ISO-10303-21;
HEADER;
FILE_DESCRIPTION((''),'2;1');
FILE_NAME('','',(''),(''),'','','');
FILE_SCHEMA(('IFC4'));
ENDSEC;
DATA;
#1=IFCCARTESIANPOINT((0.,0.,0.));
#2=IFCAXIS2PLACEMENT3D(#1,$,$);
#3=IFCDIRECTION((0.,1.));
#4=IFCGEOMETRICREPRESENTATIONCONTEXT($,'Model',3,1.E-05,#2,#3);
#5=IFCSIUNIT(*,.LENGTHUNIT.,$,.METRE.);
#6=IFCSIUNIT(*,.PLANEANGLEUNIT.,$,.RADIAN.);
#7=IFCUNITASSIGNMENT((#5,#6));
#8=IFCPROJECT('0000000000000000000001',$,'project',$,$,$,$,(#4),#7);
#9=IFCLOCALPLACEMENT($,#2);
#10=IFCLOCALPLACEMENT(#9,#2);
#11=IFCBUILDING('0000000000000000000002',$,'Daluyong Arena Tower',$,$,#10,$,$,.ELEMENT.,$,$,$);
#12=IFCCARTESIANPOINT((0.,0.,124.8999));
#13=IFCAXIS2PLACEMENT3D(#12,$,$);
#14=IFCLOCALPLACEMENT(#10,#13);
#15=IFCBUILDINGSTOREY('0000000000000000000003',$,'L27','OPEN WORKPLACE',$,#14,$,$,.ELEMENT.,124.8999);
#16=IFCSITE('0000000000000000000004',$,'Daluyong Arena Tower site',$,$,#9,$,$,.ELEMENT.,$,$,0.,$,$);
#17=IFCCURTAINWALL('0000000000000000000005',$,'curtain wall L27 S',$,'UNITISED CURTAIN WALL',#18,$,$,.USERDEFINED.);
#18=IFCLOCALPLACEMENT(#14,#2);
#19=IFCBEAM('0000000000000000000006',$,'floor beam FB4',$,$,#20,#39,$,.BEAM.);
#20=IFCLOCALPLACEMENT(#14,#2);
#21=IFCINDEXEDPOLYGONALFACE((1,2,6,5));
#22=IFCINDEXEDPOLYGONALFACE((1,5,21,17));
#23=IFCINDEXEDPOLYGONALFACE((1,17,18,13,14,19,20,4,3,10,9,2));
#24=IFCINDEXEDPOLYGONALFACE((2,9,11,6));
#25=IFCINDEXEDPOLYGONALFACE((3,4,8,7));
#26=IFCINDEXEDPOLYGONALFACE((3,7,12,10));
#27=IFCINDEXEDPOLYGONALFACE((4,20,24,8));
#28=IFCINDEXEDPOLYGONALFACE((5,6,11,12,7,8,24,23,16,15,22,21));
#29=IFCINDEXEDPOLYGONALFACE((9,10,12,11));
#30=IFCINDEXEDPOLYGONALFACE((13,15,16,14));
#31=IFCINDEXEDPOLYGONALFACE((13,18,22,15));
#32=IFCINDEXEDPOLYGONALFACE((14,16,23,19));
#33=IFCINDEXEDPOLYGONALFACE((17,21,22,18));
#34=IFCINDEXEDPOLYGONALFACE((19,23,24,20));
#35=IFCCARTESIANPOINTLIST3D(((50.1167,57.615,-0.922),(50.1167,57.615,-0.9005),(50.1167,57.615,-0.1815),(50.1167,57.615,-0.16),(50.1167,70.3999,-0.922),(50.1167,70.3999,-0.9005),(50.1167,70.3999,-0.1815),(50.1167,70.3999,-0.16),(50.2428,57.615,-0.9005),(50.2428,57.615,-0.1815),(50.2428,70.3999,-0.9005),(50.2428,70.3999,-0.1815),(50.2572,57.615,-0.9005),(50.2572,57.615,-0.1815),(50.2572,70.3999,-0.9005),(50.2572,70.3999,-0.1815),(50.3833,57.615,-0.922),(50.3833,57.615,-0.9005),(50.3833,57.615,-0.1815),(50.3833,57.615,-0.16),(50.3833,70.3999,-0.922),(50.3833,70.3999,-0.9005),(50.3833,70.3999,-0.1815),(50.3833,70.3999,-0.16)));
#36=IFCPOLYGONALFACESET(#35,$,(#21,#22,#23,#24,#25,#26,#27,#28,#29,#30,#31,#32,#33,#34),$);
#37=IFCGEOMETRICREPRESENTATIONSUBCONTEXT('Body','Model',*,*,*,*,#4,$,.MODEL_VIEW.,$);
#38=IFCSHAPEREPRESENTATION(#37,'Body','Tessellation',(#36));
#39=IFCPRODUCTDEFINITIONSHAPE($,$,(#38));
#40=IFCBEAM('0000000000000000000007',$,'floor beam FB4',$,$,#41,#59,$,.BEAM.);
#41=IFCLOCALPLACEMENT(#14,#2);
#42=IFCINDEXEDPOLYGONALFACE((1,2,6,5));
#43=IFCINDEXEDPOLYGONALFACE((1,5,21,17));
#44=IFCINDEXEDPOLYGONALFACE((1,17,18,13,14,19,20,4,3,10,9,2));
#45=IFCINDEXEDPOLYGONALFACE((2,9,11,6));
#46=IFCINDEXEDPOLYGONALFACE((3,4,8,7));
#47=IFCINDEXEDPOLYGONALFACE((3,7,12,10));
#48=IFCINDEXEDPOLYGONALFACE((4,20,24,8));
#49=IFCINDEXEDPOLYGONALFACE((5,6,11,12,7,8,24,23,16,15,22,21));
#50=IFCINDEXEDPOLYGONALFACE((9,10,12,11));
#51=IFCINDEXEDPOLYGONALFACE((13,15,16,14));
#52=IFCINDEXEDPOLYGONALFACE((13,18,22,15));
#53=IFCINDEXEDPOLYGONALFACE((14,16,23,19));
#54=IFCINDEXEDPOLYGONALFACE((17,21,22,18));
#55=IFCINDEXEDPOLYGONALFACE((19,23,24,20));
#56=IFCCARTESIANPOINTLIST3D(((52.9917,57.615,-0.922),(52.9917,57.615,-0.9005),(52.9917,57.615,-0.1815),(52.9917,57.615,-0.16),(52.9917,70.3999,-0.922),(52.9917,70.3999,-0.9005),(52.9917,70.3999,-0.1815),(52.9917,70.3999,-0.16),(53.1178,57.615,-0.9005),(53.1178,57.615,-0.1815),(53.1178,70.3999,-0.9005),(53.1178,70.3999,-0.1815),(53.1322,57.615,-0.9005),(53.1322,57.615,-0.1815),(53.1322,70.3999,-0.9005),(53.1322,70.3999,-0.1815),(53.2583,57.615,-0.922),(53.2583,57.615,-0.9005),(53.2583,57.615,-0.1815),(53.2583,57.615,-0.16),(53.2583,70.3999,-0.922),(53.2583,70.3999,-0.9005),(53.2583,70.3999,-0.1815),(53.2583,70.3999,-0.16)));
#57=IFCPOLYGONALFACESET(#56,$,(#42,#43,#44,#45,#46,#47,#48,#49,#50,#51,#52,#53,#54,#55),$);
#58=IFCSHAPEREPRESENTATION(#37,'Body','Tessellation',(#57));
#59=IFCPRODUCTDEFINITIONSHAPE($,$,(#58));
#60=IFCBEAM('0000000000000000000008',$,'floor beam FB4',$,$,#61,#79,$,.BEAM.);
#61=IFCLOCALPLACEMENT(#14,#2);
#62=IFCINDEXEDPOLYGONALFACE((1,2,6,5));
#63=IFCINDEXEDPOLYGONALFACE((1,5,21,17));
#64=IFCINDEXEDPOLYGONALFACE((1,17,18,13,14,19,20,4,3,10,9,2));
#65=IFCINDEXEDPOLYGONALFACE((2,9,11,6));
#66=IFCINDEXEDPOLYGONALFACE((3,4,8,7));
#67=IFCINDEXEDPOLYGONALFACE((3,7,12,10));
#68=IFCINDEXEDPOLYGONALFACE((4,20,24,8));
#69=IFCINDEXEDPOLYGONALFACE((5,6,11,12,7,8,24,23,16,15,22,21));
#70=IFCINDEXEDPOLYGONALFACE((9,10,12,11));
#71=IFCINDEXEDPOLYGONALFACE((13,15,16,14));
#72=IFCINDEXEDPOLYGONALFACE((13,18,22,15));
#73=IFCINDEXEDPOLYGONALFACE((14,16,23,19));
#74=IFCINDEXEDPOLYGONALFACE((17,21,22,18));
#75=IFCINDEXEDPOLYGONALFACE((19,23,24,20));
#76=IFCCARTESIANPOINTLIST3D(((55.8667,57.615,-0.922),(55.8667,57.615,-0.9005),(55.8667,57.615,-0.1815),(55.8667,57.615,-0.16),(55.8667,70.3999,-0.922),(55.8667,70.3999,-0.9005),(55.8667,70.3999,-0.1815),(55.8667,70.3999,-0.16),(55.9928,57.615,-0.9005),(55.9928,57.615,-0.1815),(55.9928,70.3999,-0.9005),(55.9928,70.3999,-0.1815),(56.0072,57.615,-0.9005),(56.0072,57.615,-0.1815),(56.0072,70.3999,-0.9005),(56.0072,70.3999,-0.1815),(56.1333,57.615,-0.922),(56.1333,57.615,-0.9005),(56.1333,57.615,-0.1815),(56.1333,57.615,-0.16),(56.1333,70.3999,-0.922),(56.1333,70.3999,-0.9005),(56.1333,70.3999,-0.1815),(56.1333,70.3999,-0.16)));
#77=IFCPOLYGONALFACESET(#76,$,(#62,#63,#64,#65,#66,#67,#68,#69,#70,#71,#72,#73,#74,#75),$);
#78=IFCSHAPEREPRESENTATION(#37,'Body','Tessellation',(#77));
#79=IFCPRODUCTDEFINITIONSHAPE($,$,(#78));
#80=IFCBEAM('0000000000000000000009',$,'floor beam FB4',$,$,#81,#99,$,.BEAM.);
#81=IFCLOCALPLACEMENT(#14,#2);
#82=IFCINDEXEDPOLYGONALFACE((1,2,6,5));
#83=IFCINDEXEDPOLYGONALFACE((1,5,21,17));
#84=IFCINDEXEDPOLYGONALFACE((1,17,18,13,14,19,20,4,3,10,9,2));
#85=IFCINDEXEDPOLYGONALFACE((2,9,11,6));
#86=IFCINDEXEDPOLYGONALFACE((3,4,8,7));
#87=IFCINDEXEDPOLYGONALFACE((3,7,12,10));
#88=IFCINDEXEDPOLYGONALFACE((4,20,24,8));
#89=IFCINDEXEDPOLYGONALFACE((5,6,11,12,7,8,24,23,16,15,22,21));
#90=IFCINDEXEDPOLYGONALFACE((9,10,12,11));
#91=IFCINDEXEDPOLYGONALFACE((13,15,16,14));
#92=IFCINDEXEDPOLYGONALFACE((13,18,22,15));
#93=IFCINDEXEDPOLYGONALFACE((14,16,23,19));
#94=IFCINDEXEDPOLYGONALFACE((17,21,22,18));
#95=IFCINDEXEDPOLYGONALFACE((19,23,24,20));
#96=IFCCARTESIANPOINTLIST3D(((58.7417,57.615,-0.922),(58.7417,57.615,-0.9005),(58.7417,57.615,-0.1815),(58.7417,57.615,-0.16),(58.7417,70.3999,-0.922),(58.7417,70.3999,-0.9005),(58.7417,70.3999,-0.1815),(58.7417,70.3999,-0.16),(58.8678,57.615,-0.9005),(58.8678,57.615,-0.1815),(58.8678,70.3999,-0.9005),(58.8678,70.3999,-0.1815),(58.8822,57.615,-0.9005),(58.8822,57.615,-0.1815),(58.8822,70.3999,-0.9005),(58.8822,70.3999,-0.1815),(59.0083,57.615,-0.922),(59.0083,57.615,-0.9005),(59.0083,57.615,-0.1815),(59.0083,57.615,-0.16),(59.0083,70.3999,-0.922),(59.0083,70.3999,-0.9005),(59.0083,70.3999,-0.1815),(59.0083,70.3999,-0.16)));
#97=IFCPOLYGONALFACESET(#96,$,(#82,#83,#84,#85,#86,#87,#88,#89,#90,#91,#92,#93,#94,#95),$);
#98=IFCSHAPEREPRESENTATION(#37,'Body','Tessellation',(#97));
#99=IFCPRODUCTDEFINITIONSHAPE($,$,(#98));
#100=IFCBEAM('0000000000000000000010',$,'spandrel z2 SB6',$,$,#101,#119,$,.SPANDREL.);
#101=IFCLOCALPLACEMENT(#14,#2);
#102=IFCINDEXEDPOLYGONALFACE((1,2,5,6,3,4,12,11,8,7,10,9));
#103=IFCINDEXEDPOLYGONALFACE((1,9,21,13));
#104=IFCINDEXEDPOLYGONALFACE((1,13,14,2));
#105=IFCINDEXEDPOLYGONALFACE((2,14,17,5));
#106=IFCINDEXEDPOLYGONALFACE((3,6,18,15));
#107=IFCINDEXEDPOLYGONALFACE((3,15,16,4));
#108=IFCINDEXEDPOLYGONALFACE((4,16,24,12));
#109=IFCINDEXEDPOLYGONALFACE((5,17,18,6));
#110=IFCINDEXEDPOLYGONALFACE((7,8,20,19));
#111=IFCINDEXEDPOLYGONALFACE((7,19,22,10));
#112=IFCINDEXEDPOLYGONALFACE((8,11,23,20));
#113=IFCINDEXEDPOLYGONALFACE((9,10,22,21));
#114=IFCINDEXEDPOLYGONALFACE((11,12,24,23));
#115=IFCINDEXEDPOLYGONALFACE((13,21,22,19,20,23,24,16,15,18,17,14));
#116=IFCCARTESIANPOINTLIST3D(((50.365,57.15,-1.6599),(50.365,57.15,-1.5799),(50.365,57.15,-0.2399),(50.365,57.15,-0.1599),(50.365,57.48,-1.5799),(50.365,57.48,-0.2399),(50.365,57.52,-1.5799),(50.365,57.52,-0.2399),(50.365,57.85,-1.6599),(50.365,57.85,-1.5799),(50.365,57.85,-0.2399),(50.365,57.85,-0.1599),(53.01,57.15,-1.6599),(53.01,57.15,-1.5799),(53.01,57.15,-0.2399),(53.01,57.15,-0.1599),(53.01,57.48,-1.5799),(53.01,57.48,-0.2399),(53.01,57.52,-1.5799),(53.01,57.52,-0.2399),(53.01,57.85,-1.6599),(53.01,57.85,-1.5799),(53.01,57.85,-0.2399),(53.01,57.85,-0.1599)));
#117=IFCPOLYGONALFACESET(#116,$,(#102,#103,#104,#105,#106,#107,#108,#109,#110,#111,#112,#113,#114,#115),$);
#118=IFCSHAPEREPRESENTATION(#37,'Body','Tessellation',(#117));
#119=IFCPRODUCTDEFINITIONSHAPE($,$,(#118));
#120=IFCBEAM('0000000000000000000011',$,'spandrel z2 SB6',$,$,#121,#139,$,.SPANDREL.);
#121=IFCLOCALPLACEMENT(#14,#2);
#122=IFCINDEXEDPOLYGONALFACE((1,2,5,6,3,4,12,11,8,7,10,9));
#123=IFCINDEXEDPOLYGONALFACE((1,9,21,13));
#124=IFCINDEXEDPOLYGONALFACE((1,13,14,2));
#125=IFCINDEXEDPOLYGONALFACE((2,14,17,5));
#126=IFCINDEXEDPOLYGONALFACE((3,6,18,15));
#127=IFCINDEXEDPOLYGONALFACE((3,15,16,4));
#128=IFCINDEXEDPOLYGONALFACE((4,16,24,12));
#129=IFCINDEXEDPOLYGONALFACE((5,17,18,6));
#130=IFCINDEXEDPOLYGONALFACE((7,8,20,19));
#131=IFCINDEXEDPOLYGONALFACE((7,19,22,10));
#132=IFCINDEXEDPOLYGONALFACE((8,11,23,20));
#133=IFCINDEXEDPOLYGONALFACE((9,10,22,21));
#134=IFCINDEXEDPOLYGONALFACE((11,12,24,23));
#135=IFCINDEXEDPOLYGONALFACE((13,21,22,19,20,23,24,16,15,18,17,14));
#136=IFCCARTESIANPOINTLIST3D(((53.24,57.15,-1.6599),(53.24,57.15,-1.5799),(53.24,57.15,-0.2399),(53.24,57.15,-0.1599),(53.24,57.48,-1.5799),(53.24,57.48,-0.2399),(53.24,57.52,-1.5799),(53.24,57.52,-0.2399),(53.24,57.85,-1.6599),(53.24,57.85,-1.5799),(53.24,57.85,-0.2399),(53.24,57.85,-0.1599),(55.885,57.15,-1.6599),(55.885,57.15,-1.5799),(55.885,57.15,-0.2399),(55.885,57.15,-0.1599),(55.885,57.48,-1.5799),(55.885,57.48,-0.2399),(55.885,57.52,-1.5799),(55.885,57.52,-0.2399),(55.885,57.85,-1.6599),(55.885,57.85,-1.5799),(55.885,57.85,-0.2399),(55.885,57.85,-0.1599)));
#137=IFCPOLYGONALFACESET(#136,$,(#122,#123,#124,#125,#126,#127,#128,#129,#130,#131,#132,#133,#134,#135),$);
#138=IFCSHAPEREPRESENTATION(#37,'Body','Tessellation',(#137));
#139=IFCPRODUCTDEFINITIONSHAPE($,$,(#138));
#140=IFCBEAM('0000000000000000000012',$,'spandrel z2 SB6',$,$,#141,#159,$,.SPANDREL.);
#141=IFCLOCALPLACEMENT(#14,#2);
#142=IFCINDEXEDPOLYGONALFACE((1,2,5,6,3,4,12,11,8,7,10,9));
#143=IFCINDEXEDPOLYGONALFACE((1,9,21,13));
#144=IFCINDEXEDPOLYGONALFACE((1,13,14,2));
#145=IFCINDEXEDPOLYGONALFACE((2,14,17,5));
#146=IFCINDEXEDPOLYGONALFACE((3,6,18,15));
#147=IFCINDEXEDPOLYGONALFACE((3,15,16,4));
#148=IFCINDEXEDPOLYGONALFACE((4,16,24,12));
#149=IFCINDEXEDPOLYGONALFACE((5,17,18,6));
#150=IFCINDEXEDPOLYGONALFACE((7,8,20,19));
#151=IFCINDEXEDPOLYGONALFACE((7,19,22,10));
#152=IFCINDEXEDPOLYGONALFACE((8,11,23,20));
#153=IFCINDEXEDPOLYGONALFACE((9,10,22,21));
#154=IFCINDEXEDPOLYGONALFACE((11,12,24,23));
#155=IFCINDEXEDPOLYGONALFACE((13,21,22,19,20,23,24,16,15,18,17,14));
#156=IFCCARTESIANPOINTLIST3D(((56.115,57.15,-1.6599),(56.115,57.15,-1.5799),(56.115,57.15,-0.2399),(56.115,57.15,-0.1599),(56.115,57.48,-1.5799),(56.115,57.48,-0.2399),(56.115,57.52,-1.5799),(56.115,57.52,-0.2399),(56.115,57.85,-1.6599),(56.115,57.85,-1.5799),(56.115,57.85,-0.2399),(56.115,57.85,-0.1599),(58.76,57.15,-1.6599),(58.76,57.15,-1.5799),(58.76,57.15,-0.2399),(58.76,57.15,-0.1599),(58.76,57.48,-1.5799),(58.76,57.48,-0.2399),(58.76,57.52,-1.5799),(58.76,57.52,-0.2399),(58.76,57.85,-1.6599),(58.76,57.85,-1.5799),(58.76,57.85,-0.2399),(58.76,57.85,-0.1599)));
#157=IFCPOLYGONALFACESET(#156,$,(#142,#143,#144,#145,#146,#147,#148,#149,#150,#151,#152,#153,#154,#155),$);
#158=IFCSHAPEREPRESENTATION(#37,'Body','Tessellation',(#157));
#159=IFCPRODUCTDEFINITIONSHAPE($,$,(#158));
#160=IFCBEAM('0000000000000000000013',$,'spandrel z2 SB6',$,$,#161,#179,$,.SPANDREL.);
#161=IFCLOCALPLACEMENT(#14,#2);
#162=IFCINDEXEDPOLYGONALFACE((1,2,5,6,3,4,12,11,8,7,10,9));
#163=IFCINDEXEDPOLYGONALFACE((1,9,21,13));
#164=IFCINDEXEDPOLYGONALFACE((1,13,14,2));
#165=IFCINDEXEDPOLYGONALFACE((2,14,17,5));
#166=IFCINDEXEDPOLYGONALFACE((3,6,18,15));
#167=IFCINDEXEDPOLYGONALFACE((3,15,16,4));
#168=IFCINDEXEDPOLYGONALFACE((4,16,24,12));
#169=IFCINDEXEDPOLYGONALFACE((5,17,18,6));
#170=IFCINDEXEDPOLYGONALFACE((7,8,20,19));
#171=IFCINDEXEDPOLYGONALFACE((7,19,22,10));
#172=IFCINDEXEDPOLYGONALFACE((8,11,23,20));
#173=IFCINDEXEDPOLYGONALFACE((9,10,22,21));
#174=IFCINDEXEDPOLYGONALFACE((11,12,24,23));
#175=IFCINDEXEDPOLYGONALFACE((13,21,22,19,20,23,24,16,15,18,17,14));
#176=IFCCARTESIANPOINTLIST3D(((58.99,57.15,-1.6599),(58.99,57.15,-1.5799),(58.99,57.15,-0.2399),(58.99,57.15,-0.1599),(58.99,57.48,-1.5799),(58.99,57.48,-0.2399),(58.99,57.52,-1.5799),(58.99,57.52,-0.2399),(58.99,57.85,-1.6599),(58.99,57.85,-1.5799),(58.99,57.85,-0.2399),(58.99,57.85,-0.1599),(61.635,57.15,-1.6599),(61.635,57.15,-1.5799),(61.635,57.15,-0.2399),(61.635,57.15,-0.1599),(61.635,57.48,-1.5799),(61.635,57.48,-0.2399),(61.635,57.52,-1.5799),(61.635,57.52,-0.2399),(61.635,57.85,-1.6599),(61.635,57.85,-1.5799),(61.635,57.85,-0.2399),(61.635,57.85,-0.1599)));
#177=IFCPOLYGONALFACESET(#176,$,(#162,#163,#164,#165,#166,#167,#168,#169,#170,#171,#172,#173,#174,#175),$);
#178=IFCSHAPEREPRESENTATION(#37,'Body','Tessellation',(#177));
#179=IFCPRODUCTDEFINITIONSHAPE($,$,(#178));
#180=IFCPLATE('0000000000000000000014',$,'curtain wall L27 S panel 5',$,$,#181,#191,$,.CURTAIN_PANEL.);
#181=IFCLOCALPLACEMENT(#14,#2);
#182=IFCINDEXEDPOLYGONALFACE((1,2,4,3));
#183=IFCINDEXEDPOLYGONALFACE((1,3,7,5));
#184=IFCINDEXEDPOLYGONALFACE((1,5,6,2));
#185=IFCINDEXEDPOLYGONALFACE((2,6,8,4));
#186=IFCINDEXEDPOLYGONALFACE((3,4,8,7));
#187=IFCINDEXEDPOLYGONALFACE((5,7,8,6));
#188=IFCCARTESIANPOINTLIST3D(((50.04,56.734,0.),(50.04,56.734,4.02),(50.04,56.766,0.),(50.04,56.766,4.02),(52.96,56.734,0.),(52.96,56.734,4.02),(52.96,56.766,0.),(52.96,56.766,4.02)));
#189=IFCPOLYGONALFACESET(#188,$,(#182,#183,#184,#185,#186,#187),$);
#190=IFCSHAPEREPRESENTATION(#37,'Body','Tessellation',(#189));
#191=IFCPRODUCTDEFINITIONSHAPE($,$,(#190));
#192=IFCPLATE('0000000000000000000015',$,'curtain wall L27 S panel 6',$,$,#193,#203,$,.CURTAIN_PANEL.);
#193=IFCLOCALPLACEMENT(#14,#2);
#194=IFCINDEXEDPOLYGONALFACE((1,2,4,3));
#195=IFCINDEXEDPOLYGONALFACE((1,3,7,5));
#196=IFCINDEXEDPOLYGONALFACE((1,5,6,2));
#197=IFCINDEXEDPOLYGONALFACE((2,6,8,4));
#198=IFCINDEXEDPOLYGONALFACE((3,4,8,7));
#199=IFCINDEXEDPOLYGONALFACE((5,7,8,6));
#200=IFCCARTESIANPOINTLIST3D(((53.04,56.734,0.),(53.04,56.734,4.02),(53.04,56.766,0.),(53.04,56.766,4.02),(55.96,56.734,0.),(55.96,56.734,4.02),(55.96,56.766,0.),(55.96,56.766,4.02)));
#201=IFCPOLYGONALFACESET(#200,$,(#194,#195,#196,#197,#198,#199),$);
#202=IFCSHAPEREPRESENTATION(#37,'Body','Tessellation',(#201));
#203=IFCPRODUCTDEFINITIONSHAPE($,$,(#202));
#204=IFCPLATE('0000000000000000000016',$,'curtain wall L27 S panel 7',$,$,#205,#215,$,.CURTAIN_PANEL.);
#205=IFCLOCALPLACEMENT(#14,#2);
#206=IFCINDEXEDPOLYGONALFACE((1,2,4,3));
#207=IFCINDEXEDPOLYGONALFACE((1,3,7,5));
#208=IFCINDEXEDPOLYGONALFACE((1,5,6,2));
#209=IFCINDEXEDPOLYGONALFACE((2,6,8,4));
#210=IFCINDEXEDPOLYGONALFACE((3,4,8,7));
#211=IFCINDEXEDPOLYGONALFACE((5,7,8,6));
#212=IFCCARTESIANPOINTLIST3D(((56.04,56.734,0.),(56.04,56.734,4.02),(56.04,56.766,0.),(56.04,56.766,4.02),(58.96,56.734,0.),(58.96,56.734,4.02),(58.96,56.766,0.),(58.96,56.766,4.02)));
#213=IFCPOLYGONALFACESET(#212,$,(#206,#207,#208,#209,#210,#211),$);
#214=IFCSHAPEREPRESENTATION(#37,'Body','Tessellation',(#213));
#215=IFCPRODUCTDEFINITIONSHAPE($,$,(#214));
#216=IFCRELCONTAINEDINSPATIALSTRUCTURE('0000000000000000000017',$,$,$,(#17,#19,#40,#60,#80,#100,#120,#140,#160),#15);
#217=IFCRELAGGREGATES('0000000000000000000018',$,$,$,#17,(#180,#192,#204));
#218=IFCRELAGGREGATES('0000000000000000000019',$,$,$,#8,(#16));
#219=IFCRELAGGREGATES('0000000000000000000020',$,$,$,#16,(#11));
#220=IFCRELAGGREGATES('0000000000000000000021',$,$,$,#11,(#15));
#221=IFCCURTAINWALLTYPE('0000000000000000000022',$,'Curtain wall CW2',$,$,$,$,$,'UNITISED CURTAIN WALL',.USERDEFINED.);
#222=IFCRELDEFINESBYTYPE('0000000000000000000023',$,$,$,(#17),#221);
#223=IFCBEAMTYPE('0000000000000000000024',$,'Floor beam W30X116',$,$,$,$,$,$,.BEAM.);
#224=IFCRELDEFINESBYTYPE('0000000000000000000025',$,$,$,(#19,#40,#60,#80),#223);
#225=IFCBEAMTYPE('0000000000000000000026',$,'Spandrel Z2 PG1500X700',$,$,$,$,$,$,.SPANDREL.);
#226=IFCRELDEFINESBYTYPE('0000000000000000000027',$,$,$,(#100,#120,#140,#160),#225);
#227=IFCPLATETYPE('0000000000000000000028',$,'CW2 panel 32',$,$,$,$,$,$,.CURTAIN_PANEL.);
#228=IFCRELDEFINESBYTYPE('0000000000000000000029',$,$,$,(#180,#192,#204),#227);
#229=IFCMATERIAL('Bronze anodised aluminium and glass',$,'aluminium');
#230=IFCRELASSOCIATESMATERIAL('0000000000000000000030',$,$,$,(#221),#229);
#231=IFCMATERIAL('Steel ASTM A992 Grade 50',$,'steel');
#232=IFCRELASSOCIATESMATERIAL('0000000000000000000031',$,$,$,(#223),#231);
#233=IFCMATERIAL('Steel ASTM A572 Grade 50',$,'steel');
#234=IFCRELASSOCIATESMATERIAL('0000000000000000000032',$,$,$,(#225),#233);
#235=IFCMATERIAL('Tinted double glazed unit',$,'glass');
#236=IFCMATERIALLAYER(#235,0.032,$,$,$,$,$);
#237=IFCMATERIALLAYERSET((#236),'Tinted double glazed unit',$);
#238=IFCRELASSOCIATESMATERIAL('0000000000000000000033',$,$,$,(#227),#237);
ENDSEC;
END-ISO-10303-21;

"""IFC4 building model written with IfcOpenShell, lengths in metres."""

from ifc_helpers import new_model, si_unit, direction, frame, origin, origin_2d, place, context, subcontext, project, spatial, rectangle, i_section, extrude, material, layer, layer_set, material_profile, profile_set, type_object, element, aggregate, save


model = new_model("IFC4")

# Units and contexts
model_context = context("Model", 3, precision=1e-05, world=origin(), true_north=direction((0.0, 1.0)))
body_context = subcontext(model_context, "Body", "Model", "MODEL_VIEW")
ifc_project = project(units=[si_unit("LENGTHUNIT", "METRE"), si_unit("PLANEANGLEUNIT", "RADIAN")], contexts=[model_context])

# Site, building, storey
site_placement = place(None, origin())
site = spatial("IfcSite", under=ifc_project, at=site_placement, Name="Daluyong Arena Tower site", CompositionType="ELEMENT", RefElevation=0.0)
building_placement = place(site_placement, origin())
building = spatial("IfcBuilding", under=site, at=building_placement, Name="Daluyong Arena Tower", CompositionType="ELEMENT")
storey_placement = place(building_placement, frame((0.0, 0.0, 124.8999)))
storey = spatial("IfcBuildingStorey", under=building, at=storey_placement, Name="L27", Description="OPEN WORKPLACE", CompositionType="ELEMENT", Elevation=124.8999)

# Curtain wall
ifc_material_1 = material(Name="Bronze anodised aluminium and glass", Category="aluminium")
curtain_wall_type = type_object("IfcCurtainWallType", Name="Curtain wall CW2", ElementType="UNITISED CURTAIN WALL", PredefinedType="USERDEFINED", material=ifc_material_1)
curtain_wall_placement = place(storey_placement, origin())
curtain_wall = element("IfcCurtainWall", 1, at=curtain_wall_placement, inside=storey, type_object=curtain_wall_type, Name="curtain wall L27 S", ObjectType="UNITISED CURTAIN WALL", PredefinedType="USERDEFINED")

# Beams
ifc_material_2 = material(Name="Steel ASTM A992 Grade 50", Category="steel")
ifc_material_profile_1 = material_profile(ifc_material_2, i_section(OverallWidth=0.2666, OverallDepth=0.762, WebThickness=0.0144, FlangeThickness=0.0215, at=origin_2d()))
ifc_profile_set_1 = profile_set([ifc_material_profile_1], Name="Steel ASTM A992 Grade 50")
beam_type_1 = type_object("IfcBeamType", Name="Floor beam W30X116", PredefinedType="BEAM", material=ifc_profile_set_1)
for number, where, z_axis, x_axis, name in (
    (2, (50.25, 57.615, -0.541), (0.0, 1.0, 0.0), (-1.0, 0.0, 0.0), "floor beam FB4"),
    (3, (53.125, 57.615, -0.541), (0.0, 1.0, 0.0), (-1.0, 0.0, 0.0), "floor beam FB4"),
    (4, (56.0, 57.615, -0.541), (0.0, 1.0, 0.0), (-1.0, 0.0, 0.0), "floor beam FB4"),
    (5, (58.875, 57.615, -0.541), (0.0, 1.0, 0.0), (-1.0, 0.0, 0.0), "floor beam FB4"),
):
    element("IfcBeam", number, at=place(storey_placement, frame(where, z_axis=z_axis, x_axis=x_axis)), inside=storey, type_object=beam_type_1, Name=name, PredefinedType="BEAM", context=body_context, shape_type="SweptSolid", body=[
        extrude(i_section(OverallWidth=0.2666, OverallDepth=0.762, WebThickness=0.0144, FlangeThickness=0.0215, at=origin_2d()), origin(), (0.0, 0.0, 1.0), 12.7849),
    ])
ifc_material_3 = material(Name="Steel ASTM A572 Grade 50", Category="steel")
ifc_material_profile_2 = material_profile(ifc_material_3, i_section(OverallWidth=0.7, OverallDepth=1.5, WebThickness=0.04, FlangeThickness=0.08, at=origin_2d()))
ifc_profile_set_2 = profile_set([ifc_material_profile_2], Name="Steel ASTM A572 Grade 50")
beam_type_2 = type_object("IfcBeamType", Name="Spandrel Z2 PG1500X700", PredefinedType="SPANDREL", material=ifc_profile_set_2)
for number, where, z_axis, x_axis, name in (
    (6, (50.365, 57.5, -0.9099), (1.0, 0.0, 0.0), (0.0, 1.0, 0.0), "spandrel z2 SB6"),
    (7, (53.24, 57.5, -0.9099), (1.0, 0.0, 0.0), (0.0, 1.0, 0.0), "spandrel z2 SB6"),
    (8, (56.115, 57.5, -0.9099), (1.0, 0.0, 0.0), (0.0, 1.0, 0.0), "spandrel z2 SB6"),
    (9, (58.99, 57.5, -0.9099), (1.0, 0.0, 0.0), (0.0, 1.0, 0.0), "spandrel z2 SB6"),
):
    element("IfcBeam", number, at=place(storey_placement, frame(where, z_axis=z_axis, x_axis=x_axis)), inside=storey, type_object=beam_type_2, Name=name, PredefinedType="SPANDREL", context=body_context, shape_type="SweptSolid", body=[
        extrude(i_section(OverallWidth=0.7, OverallDepth=1.5, WebThickness=0.04, FlangeThickness=0.08, at=origin_2d()), origin(), (0.0, 0.0, 1.0), 2.645),
    ])

# Plates
ifc_material_4 = material(Name="Tinted double glazed unit", Category="glass")
ifc_layer_1 = layer(ifc_material_4, 0.032)
ifc_layer_set_1 = layer_set([ifc_layer_1], Name="Tinted double glazed unit")
plate_type = type_object("IfcPlateType", Name="CW2 panel 32", PredefinedType="CURTAIN_PANEL", material=ifc_layer_set_1)
plate_1_placement = place(storey_placement, frame((51.5, 56.75, 0.0), z_axis=(0.0, 0.0, 1.0), x_axis=(1.0, 0.0, 0.0)))
plate_1 = element("IfcPlate", 10, at=plate_1_placement, type_object=plate_type, Name="curtain wall L27 S panel 5", PredefinedType="CURTAIN_PANEL", context=body_context, shape_type="SweptSolid", body=[
    extrude(rectangle(XDim=2.9199, YDim=0.032, at=origin_2d()), origin(), (0.0, 0.0, 1.0), 4.02),
])
plate_2_placement = place(storey_placement, frame((54.5, 56.75, 0.0), z_axis=(0.0, 0.0, 1.0), x_axis=(1.0, 0.0, 0.0)))
plate_2 = element("IfcPlate", 11, at=plate_2_placement, type_object=plate_type, Name="curtain wall L27 S panel 6", PredefinedType="CURTAIN_PANEL", context=body_context, shape_type="SweptSolid", body=[
    extrude(rectangle(XDim=2.9199, YDim=0.032, at=origin_2d()), origin(), (0.0, 0.0, 1.0), 4.02),
])
plate_3_placement = place(storey_placement, frame((57.5, 56.75, 0.0), z_axis=(0.0, 0.0, 1.0), x_axis=(1.0, 0.0, 0.0)))
plate_3 = element("IfcPlate", 12, at=plate_3_placement, type_object=plate_type, Name="curtain wall L27 S panel 7", PredefinedType="CURTAIN_PANEL", context=body_context, shape_type="SweptSolid", body=[
    extrude(rectangle(XDim=2.9199, YDim=0.032, at=origin_2d()), origin(), (0.0, 0.0, 1.0), 4.02),
])
aggregate(curtain_wall, [plate_1, plate_2, plate_3])

save(model, "model.ifc")
